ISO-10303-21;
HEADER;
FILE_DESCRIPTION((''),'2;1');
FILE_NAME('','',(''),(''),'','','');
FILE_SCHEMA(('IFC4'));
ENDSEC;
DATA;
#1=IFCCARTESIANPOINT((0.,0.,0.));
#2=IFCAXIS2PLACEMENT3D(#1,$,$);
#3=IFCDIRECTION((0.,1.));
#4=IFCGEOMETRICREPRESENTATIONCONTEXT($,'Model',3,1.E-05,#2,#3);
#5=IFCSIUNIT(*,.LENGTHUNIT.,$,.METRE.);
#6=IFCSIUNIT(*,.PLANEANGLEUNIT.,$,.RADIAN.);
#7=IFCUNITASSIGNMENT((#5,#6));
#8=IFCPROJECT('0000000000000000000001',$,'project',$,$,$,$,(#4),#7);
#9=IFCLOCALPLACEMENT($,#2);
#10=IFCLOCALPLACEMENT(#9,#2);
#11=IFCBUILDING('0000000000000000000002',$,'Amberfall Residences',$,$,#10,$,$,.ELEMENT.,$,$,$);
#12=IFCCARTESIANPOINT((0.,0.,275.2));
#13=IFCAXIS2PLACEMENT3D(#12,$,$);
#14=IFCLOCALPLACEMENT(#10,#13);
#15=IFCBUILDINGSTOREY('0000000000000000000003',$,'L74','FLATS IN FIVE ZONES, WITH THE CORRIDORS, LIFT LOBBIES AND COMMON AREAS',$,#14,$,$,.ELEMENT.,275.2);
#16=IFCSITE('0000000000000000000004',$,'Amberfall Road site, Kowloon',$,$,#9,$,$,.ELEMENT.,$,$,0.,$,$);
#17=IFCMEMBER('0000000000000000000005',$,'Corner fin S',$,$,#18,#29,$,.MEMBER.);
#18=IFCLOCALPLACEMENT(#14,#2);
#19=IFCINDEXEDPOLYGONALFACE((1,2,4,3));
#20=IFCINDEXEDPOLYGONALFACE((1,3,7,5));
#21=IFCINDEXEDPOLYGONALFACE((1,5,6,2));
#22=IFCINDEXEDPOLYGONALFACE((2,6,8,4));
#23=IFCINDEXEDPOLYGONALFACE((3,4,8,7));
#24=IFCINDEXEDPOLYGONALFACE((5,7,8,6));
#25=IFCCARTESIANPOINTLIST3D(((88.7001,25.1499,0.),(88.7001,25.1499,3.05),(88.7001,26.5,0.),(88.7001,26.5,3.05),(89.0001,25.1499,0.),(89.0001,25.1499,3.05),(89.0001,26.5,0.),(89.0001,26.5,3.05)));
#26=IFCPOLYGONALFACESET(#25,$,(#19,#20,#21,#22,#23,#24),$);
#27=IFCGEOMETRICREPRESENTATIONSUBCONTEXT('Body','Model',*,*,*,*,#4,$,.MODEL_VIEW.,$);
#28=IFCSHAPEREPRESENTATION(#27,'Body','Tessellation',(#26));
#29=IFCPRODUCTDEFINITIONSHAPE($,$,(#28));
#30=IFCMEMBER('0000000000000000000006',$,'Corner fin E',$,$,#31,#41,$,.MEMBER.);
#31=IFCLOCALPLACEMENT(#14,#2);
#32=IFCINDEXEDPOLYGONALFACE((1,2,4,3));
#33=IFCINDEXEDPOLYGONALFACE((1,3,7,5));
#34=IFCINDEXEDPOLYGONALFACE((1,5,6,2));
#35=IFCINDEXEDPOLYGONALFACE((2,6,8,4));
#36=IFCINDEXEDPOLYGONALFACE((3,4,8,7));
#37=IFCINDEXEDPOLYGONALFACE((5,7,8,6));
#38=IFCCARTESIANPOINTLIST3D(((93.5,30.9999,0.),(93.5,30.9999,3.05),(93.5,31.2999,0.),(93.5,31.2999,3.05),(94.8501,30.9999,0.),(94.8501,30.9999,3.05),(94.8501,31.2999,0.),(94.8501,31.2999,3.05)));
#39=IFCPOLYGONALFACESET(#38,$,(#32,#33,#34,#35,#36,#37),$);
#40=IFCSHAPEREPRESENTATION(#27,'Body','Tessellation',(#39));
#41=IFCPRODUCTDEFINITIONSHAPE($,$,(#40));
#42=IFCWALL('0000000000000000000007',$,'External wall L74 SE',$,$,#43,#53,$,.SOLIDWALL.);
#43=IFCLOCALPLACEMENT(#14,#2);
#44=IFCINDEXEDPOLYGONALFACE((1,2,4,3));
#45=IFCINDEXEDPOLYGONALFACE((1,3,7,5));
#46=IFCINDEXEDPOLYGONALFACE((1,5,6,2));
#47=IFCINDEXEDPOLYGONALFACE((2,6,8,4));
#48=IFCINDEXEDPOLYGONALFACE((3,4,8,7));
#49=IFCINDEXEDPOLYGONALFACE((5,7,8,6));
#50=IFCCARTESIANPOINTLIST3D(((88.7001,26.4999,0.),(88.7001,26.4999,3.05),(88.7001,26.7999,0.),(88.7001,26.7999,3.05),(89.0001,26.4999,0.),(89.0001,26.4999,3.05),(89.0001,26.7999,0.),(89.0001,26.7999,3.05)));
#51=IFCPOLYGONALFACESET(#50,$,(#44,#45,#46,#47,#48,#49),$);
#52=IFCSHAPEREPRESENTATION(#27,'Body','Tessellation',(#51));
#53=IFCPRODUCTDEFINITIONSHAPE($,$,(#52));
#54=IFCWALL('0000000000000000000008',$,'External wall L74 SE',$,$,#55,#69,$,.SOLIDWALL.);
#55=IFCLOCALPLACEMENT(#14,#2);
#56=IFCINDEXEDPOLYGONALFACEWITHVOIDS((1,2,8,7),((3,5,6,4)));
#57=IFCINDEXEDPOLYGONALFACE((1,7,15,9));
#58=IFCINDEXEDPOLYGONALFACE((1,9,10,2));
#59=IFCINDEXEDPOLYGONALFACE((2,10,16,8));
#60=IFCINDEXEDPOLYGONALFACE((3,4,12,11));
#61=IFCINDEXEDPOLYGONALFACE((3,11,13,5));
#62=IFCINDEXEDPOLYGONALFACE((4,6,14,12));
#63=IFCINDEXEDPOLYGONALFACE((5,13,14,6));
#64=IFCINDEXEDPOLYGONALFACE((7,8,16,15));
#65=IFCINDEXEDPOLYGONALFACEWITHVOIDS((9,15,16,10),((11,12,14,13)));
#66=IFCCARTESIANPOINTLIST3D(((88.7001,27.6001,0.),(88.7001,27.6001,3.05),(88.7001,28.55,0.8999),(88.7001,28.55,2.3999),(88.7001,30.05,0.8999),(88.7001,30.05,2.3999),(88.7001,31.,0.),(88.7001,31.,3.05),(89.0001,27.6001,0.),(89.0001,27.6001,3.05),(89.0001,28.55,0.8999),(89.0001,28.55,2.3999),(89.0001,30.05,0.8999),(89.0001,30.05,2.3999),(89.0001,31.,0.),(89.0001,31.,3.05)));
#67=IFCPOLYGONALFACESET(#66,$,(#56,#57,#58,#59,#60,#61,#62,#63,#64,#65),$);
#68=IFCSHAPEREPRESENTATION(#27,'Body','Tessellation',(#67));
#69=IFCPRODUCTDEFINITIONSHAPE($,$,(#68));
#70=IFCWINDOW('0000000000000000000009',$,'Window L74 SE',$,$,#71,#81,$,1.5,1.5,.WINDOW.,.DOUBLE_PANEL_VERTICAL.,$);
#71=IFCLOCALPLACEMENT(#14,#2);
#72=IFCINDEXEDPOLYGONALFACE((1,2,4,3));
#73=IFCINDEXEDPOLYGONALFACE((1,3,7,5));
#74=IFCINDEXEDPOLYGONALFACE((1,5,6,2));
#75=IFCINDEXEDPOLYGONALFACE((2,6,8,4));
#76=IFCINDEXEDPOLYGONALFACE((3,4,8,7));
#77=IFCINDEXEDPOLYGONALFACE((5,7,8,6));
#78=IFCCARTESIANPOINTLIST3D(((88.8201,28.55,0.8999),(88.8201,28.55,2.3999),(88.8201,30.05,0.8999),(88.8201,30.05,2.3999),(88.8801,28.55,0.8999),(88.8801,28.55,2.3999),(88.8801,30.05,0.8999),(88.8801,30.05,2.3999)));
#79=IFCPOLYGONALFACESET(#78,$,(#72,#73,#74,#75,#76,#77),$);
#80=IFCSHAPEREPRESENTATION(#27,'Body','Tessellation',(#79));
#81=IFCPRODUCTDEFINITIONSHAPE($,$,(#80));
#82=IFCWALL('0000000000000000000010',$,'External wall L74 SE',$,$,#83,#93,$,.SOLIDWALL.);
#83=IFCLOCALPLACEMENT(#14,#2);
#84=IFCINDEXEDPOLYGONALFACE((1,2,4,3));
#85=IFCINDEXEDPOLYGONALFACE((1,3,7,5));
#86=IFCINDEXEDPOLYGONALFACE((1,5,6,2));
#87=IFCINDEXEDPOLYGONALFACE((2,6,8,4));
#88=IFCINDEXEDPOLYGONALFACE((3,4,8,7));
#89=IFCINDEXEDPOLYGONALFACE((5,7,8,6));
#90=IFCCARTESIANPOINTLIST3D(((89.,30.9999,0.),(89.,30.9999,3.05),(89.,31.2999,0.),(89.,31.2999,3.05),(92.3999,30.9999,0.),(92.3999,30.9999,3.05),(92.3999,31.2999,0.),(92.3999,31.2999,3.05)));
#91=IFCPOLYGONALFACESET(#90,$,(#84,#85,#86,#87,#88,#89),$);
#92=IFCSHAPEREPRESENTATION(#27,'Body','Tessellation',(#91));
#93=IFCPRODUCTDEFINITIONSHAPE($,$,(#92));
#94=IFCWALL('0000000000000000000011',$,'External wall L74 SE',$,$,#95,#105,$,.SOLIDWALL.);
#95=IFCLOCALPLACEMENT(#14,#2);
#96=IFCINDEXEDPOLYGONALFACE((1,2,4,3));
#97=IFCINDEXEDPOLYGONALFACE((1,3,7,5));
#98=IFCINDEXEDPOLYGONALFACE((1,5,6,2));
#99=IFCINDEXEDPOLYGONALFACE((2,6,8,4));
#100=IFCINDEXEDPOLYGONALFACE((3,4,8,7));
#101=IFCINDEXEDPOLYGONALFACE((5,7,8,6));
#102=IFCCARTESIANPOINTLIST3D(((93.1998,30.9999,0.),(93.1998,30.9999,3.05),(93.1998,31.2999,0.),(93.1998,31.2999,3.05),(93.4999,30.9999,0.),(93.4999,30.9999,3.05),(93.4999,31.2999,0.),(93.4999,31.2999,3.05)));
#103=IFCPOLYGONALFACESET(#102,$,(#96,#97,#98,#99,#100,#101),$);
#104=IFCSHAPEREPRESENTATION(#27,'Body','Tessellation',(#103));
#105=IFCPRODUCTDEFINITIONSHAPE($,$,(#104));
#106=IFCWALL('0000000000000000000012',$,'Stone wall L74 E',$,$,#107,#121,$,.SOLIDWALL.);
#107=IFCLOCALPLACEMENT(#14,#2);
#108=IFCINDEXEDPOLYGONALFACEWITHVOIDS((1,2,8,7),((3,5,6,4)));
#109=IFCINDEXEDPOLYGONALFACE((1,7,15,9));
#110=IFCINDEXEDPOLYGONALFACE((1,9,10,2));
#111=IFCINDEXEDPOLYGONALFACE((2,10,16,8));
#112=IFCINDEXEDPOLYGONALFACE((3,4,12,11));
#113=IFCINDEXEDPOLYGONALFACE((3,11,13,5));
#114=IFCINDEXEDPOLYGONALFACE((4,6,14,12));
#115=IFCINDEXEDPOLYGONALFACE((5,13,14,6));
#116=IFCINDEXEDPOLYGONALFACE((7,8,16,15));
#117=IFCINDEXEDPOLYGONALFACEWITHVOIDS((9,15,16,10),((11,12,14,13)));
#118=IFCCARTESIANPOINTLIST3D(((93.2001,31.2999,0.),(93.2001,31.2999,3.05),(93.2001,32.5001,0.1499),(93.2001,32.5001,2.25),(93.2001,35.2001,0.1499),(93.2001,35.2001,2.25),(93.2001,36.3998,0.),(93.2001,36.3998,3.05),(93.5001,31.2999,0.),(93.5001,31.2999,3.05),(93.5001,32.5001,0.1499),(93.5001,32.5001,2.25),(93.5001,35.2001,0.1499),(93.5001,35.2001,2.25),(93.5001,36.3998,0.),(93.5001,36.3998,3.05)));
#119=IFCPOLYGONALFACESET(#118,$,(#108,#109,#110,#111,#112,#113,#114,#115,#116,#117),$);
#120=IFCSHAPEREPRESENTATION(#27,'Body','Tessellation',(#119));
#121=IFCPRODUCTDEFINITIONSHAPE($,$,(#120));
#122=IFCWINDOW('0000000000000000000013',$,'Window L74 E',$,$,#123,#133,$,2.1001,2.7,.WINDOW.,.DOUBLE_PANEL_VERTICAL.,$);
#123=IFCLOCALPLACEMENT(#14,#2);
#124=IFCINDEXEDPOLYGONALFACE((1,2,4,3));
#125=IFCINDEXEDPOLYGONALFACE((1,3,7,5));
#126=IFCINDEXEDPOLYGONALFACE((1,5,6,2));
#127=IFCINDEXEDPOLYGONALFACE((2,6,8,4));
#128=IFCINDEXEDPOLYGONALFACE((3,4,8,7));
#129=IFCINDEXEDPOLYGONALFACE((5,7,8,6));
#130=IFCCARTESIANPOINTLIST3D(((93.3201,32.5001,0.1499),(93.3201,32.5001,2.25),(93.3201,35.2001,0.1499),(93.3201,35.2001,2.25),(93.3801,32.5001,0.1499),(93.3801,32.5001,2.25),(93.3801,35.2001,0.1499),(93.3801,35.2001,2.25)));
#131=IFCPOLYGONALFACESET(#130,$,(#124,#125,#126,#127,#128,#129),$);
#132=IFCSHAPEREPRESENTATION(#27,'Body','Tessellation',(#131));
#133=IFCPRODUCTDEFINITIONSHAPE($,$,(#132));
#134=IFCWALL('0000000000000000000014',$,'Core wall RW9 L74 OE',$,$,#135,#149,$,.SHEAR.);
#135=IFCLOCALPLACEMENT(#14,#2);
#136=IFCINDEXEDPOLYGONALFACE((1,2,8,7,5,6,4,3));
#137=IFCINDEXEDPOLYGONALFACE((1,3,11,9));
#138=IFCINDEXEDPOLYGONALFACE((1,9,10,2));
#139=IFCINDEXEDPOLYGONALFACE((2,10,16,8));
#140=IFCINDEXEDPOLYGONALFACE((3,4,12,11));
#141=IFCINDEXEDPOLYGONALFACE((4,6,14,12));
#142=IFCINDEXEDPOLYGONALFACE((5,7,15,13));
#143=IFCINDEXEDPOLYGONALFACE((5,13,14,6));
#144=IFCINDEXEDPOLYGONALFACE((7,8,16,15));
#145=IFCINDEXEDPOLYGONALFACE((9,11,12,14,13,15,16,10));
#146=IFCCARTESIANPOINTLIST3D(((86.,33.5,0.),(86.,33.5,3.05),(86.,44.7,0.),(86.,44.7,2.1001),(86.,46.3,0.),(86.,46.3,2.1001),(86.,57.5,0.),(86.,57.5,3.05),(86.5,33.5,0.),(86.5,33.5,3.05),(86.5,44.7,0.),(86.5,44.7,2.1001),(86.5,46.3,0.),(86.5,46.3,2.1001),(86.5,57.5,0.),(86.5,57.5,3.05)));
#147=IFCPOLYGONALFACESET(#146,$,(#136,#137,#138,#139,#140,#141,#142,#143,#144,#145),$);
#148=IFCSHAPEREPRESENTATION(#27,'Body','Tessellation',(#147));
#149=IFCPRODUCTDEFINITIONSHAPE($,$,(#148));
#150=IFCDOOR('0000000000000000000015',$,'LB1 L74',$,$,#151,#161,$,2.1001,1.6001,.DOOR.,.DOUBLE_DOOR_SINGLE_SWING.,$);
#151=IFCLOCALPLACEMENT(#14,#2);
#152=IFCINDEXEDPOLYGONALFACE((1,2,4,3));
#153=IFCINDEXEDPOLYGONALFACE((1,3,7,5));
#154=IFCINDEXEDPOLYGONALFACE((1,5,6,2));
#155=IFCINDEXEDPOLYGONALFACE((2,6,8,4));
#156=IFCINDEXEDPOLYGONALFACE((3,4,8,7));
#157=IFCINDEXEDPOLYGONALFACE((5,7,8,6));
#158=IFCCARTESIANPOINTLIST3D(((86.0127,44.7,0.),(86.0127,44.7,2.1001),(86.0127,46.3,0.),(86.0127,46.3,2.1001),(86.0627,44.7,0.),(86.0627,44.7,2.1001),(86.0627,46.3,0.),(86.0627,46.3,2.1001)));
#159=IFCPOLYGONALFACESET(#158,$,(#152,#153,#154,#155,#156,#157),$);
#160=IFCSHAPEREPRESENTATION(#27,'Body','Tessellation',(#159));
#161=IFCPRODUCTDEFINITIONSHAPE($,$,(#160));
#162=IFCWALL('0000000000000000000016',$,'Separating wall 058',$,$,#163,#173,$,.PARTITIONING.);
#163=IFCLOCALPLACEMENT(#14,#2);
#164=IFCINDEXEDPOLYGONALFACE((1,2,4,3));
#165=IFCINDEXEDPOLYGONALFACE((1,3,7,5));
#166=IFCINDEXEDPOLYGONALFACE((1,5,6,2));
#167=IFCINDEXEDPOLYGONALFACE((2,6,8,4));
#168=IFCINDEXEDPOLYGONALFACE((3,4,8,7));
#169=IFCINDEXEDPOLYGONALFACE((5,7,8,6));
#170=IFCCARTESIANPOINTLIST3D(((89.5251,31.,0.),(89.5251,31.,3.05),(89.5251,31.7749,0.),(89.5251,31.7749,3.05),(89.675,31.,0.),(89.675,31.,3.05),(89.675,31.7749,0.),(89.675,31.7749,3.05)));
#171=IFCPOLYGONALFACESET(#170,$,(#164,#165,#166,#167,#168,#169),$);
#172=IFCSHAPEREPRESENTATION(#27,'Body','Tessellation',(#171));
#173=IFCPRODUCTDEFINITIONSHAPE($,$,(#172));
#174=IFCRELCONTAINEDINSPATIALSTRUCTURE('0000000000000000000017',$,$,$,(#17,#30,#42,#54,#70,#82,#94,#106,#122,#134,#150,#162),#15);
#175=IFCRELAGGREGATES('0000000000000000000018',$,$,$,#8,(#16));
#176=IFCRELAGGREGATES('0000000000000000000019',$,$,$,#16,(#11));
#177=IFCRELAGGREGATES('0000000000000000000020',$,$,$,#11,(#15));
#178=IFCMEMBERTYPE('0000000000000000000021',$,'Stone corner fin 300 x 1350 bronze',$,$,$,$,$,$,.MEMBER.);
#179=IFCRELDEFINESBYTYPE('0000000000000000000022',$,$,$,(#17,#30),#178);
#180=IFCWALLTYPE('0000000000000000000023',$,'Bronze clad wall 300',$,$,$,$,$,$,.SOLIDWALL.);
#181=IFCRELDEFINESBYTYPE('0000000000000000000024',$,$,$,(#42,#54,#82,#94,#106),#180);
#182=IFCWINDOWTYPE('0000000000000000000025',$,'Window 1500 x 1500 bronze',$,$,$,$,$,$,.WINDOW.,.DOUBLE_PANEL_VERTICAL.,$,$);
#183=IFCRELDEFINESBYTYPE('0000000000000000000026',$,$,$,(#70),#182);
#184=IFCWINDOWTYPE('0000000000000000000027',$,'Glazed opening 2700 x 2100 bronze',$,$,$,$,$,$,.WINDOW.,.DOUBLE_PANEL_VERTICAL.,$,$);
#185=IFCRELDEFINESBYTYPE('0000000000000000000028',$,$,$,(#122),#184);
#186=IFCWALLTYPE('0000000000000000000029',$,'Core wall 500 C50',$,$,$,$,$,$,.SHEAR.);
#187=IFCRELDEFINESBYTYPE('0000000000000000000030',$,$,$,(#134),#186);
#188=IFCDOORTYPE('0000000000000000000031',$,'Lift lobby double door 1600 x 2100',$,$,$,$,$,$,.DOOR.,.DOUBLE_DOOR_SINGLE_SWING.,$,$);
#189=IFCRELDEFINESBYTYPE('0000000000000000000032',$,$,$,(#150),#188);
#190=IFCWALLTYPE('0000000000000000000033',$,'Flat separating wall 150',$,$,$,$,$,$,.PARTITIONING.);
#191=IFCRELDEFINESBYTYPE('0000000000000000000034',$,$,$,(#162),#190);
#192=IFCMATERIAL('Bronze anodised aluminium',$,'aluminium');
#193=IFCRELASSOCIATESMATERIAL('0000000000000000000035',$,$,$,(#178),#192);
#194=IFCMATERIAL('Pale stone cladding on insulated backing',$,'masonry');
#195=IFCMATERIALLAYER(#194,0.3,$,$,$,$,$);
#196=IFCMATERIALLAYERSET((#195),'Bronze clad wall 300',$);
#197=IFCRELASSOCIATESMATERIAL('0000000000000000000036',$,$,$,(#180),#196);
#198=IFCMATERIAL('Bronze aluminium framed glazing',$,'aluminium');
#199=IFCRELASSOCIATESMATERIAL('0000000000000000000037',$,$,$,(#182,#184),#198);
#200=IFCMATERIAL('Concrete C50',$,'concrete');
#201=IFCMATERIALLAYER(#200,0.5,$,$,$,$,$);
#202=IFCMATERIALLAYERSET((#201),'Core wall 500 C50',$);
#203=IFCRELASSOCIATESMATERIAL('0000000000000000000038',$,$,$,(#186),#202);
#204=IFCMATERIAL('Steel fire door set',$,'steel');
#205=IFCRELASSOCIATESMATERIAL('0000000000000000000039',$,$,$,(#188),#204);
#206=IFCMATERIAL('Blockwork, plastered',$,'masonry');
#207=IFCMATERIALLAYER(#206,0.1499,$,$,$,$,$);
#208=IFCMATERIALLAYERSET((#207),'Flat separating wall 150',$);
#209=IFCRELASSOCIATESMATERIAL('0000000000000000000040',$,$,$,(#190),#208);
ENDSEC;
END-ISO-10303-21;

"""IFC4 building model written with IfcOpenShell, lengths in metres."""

from ifc_helpers import new_model, si_unit, direction, frame, frame_2d, origin, origin_2d, place, context, subcontext, project, spatial, rectangle, extrude, material, layer, layer_set, material_profile, profile_set, type_object, element, fill, save


model = new_model("IFC4")

# Units and contexts
model_context = context("Model", 3, precision=1e-05, world=origin(), true_north=direction((0.0, 1.0)))
body_context = subcontext(model_context, "Body", "Model", "MODEL_VIEW")
ifc_project = project(units=[si_unit("LENGTHUNIT", "METRE"), si_unit("PLANEANGLEUNIT", "RADIAN")], contexts=[model_context])

# Site, building, storey
site_placement = place(None, origin())
site = spatial("IfcSite", under=ifc_project, at=site_placement, Name="Amberfall Road site, Kowloon", CompositionType="ELEMENT", RefElevation=0.0)
building_placement = place(site_placement, origin())
building = spatial("IfcBuilding", under=site, at=building_placement, Name="Amberfall Residences", CompositionType="ELEMENT")
storey_placement = place(building_placement, frame((0.0, 0.0, 275.2)))
storey = spatial("IfcBuildingStorey", under=building, at=storey_placement, Name="L74", Description="FLATS IN FIVE ZONES, WITH THE CORRIDORS, LIFT LOBBIES AND COMMON AREAS", CompositionType="ELEMENT", Elevation=275.2)

# Shared definitions
ifc_material_1 = material(Name="Concrete C50", Category="concrete")

# Members
ifc_material_2 = material(Name="Bronze anodised aluminium", Category="aluminium")
ifc_material_profile_1 = material_profile(ifc_material_2, rectangle(XDim=1.3501, YDim=0.3, at=origin_2d()), Name="Stone corner fin 300 x 1350 bronze")
ifc_profile_set_1 = profile_set([ifc_material_profile_1], Name="Bronze anodised aluminium")
member_type = type_object("IfcMemberType", Name="Stone corner fin 300 x 1350 bronze", PredefinedType="MEMBER", material=ifc_profile_set_1)
for number, where, z_axis, x_axis, name in (
    (1, (88.8501, 25.825, 0.0), (0.0, 0.0, 1.0), (0.0, 1.0, 0.0), "Corner fin S"),
    (2, (94.175, 31.1499, 0.0), (0.0, 0.0, 1.0), (-1.0, 0.0, 0.0), "Corner fin E"),
):
    element("IfcMember", number, at=place(storey_placement, frame(where, z_axis=z_axis, x_axis=x_axis)), inside=storey, type_object=member_type, Name=name, PredefinedType="MEMBER", context=body_context, shape_type="SweptSolid", body=[
        extrude(rectangle(XDim=1.3501, YDim=0.3, at=origin_2d()), origin(), (0.0, 0.0, 1.0), 3.05),
    ])

# Wall
ifc_material_3 = material(Name="Pale stone cladding on insulated backing", Category="masonry")
ifc_layer_1 = layer(ifc_material_3, 0.3)
ifc_layer_set_1 = layer_set([ifc_layer_1], Name="Bronze clad wall 300")
wall_type_1 = type_object("IfcWallType", Name="Bronze clad wall 300", PredefinedType="SOLIDWALL", material=ifc_layer_set_1)
wall_1_placement = place(storey_placement, frame((88.8501, 26.5, 0.0), z_axis=(0.0, 0.0, 1.0), x_axis=(0.0, 1.0, 0.0)))
element("IfcWall", 3, at=wall_1_placement, inside=storey, type_object=wall_type_1, Name="External wall L74 SE", PredefinedType="SOLIDWALL", context=body_context, shape_type="SweptSolid", body=[
    extrude(rectangle(XDim=0.3, YDim=0.3, at=frame_2d((0.1499, 0.0))), origin(), (0.0, 0.0, 1.0), 3.05),
])

# Wall, opening, window
wall_2_placement = place(storey_placement, frame((88.8501, 27.6001, 0.0), z_axis=(0.0, 0.0, 1.0), x_axis=(0.0, 1.0, 0.0)))
wall_2 = element("IfcWall", 4, at=wall_2_placement, inside=storey, type_object=wall_type_1, Name="External wall L74 SE", PredefinedType="SOLIDWALL", context=body_context, shape_type="SweptSolid", body=[
    extrude(rectangle(XDim=3.3999, YDim=0.3, at=frame_2d((1.7, 0.0))), origin(), (0.0, 0.0, 1.0), 3.05),
])
opening_1_placement = place(wall_2_placement, frame((0.95, 0.0, 0.8999)))
opening_1 = element("IfcOpeningElement", 5, at=opening_1_placement, cuts=wall_2, PredefinedType="OPENING", context=body_context, shape_type="SweptSolid", body=[
    extrude(rectangle(XDim=1.5, YDim=1.5, at=frame_2d((0.75, 0.75))), frame((0.0, 0.1599, 0.0), z_axis=(0.0, -1.0, 0.0), x_axis=(1.0, 0.0, 0.0)), (0.0, 0.0, 1.0), 0.3201),
])
ifc_material_4 = material(Name="Bronze aluminium framed glazing", Category="aluminium")
window_type_1 = type_object("IfcWindowType", Name="Window 1500 x 1500 bronze", PartitioningType="DOUBLE_PANEL_VERTICAL", PredefinedType="WINDOW", material=ifc_material_4)
window_1_placement = place(opening_1_placement, origin())
window_1 = element("IfcWindow", 6, at=window_1_placement, inside=storey, type_object=window_type_1, Name="Window L74 SE", OverallHeight=1.5, OverallWidth=1.5, PartitioningType="DOUBLE_PANEL_VERTICAL", PredefinedType="WINDOW", context=body_context, shape_type="SweptSolid", body=[
    extrude(rectangle(XDim=1.5, YDim=1.5, at=frame_2d((0.75, 0.75))), frame((0.0, 0.03, 0.0), z_axis=(0.0, -1.0, 0.0), x_axis=(1.0, 0.0, 0.0)), (0.0, 0.0, 1.0), 0.0601),
])
fill(opening_1, window_1)

# Walls
wall_3_placement = place(storey_placement, frame((89.0, 31.1499, 0.0), z_axis=(0.0, 0.0, 1.0), x_axis=(1.0, 0.0, 0.0)))
element("IfcWall", 7, at=wall_3_placement, inside=storey, type_object=wall_type_1, Name="External wall L74 SE", PredefinedType="SOLIDWALL", context=body_context, shape_type="SweptSolid", body=[
    extrude(rectangle(XDim=3.3999, YDim=0.3, at=frame_2d((1.7, 0.0))), origin(), (0.0, 0.0, 1.0), 3.05),
])
wall_4_placement = place(storey_placement, frame((93.2, 31.1499, 0.0), z_axis=(0.0, 0.0, 1.0), x_axis=(1.0, 0.0, 0.0)))
element("IfcWall", 8, at=wall_4_placement, inside=storey, type_object=wall_type_1, Name="External wall L74 SE", PredefinedType="SOLIDWALL", context=body_context, shape_type="SweptSolid", body=[
    extrude(rectangle(XDim=0.3, YDim=0.3, at=frame_2d((0.1499, 0.0))), origin(), (0.0, 0.0, 1.0), 3.05),
])

# Wall, opening, window
wall_5_placement = place(storey_placement, frame((93.3501, 31.3, 0.0), z_axis=(0.0, 0.0, 1.0), x_axis=(0.0, 1.0, 0.0)))
wall_5 = element("IfcWall", 9, at=wall_5_placement, inside=storey, type_object=wall_type_1, Name="Stone wall L74 E", PredefinedType="SOLIDWALL", context=body_context, shape_type="SweptSolid", body=[
    extrude(rectangle(XDim=5.0999, YDim=0.3, at=frame_2d((2.5498, 0.0))), origin(), (0.0, 0.0, 1.0), 3.05),
])
opening_2_placement = place(wall_5_placement, frame((1.2, 0.0, 0.1499)))
opening_2 = element("IfcOpeningElement", 10, at=opening_2_placement, cuts=wall_5, PredefinedType="OPENING", context=body_context, shape_type="SweptSolid", body=[
    extrude(rectangle(XDim=2.7, YDim=2.1001, at=frame_2d((1.3501, 1.05))), frame((0.0, 0.1599, 0.0), z_axis=(0.0, -1.0, 0.0), x_axis=(1.0, 0.0, 0.0)), (0.0, 0.0, 1.0), 0.3201),
])
window_type_2 = type_object("IfcWindowType", Name="Glazed opening 2700 x 2100 bronze", PartitioningType="DOUBLE_PANEL_VERTICAL", PredefinedType="WINDOW", material=ifc_material_4)
window_2_placement = place(opening_2_placement, origin())
window_2 = element("IfcWindow", 11, at=window_2_placement, inside=storey, type_object=window_type_2, Name="Window L74 E", OverallHeight=2.1001, OverallWidth=2.7, PartitioningType="DOUBLE_PANEL_VERTICAL", PredefinedType="WINDOW", context=body_context, shape_type="SweptSolid", body=[
    extrude(rectangle(XDim=2.7, YDim=2.1001, at=frame_2d((1.3501, 1.05))), frame((0.0, 0.03, 0.0), z_axis=(0.0, -1.0, 0.0), x_axis=(1.0, 0.0, 0.0)), (0.0, 0.0, 1.0), 0.0601),
])
fill(opening_2, window_2)

# Wall, opening, door
ifc_layer_2 = layer(ifc_material_1, 0.5)
ifc_layer_set_2 = layer_set([ifc_layer_2], Name="Core wall 500 C50")
wall_type_2 = type_object("IfcWallType", Name="Core wall 500 C50", PredefinedType="SHEAR", material=ifc_layer_set_2)
wall_6_placement = place(storey_placement, frame((86.25, 33.5, 0.0), z_axis=(0.0, 0.0, 1.0), x_axis=(0.0, 1.0, 0.0)))
wall_6 = element("IfcWall", 12, at=wall_6_placement, inside=storey, type_object=wall_type_2, Name="Core wall RW9 L74 OE", PredefinedType="SHEAR", context=body_context, shape_type="SweptSolid", body=[
    extrude(rectangle(XDim=24.0, YDim=0.5, at=frame_2d((12.0, 0.0))), origin(), (0.0, 0.0, 1.0), 3.05),
])
opening_3_placement = place(wall_6_placement, frame((11.2, 0.0, 0.0)))
opening_3 = element("IfcOpeningElement", 13, at=opening_3_placement, cuts=wall_6, PredefinedType="OPENING", context=body_context, shape_type="SweptSolid", body=[
    extrude(rectangle(XDim=1.6001, YDim=2.1001, at=frame_2d((0.8, 1.05))), frame((0.0, 0.26, 0.0), z_axis=(0.0, -1.0, 0.0), x_axis=(1.0, 0.0, 0.0)), (0.0, 0.0, 1.0), 0.52),
])
ifc_material_5 = material(Name="Steel fire door set", Category="steel")
door_type_1 = type_object("IfcDoorType", Name="Lift lobby double door 1600 x 2100", OperationType="DOUBLE_DOOR_SINGLE_SWING", PredefinedType="DOOR", material=ifc_material_5)
door_1_placement = place(opening_3_placement, origin())
door_1 = element("IfcDoor", 14, at=door_1_placement, inside=storey, type_object=door_type_1, Name="LB1 L74", OperationType="DOUBLE_DOOR_SINGLE_SWING", OverallHeight=2.1001, OverallWidth=1.6001, PredefinedType="DOOR", context=body_context, shape_type="SweptSolid", body=[
    extrude(rectangle(XDim=1.6001, YDim=2.1001, at=frame_2d((0.8, 1.05))), frame((0.0, 0.2373, 0.0), z_axis=(0.0, -1.0, 0.0), x_axis=(1.0, 0.0, 0.0)), (0.0, 0.0, 1.0), 0.05),
])
fill(opening_3, door_1)

# Wall
ifc_material_6 = material(Name="Blockwork, plastered", Category="masonry")
ifc_layer_3 = layer(ifc_material_6, 0.1499)
ifc_layer_set_3 = layer_set([ifc_layer_3], Name="Flat separating wall 150")
wall_type_3 = type_object("IfcWallType", Name="Flat separating wall 150", PredefinedType="PARTITIONING", material=ifc_layer_set_3)
wall_7_placement = place(storey_placement, frame((89.6001, 31.0, 0.0), z_axis=(0.0, 0.0, 1.0), x_axis=(0.0, 1.0, 0.0)))
element("IfcWall", 15, at=wall_7_placement, inside=storey, type_object=wall_type_3, Name="Separating wall 058", PredefinedType="PARTITIONING", context=body_context, shape_type="SweptSolid", body=[
    extrude(rectangle(XDim=0.7749, YDim=0.1499, at=frame_2d((0.3875, 0.0))), origin(), (0.0, 0.0, 1.0), 3.05),
])

save(model, "model.ifc")
